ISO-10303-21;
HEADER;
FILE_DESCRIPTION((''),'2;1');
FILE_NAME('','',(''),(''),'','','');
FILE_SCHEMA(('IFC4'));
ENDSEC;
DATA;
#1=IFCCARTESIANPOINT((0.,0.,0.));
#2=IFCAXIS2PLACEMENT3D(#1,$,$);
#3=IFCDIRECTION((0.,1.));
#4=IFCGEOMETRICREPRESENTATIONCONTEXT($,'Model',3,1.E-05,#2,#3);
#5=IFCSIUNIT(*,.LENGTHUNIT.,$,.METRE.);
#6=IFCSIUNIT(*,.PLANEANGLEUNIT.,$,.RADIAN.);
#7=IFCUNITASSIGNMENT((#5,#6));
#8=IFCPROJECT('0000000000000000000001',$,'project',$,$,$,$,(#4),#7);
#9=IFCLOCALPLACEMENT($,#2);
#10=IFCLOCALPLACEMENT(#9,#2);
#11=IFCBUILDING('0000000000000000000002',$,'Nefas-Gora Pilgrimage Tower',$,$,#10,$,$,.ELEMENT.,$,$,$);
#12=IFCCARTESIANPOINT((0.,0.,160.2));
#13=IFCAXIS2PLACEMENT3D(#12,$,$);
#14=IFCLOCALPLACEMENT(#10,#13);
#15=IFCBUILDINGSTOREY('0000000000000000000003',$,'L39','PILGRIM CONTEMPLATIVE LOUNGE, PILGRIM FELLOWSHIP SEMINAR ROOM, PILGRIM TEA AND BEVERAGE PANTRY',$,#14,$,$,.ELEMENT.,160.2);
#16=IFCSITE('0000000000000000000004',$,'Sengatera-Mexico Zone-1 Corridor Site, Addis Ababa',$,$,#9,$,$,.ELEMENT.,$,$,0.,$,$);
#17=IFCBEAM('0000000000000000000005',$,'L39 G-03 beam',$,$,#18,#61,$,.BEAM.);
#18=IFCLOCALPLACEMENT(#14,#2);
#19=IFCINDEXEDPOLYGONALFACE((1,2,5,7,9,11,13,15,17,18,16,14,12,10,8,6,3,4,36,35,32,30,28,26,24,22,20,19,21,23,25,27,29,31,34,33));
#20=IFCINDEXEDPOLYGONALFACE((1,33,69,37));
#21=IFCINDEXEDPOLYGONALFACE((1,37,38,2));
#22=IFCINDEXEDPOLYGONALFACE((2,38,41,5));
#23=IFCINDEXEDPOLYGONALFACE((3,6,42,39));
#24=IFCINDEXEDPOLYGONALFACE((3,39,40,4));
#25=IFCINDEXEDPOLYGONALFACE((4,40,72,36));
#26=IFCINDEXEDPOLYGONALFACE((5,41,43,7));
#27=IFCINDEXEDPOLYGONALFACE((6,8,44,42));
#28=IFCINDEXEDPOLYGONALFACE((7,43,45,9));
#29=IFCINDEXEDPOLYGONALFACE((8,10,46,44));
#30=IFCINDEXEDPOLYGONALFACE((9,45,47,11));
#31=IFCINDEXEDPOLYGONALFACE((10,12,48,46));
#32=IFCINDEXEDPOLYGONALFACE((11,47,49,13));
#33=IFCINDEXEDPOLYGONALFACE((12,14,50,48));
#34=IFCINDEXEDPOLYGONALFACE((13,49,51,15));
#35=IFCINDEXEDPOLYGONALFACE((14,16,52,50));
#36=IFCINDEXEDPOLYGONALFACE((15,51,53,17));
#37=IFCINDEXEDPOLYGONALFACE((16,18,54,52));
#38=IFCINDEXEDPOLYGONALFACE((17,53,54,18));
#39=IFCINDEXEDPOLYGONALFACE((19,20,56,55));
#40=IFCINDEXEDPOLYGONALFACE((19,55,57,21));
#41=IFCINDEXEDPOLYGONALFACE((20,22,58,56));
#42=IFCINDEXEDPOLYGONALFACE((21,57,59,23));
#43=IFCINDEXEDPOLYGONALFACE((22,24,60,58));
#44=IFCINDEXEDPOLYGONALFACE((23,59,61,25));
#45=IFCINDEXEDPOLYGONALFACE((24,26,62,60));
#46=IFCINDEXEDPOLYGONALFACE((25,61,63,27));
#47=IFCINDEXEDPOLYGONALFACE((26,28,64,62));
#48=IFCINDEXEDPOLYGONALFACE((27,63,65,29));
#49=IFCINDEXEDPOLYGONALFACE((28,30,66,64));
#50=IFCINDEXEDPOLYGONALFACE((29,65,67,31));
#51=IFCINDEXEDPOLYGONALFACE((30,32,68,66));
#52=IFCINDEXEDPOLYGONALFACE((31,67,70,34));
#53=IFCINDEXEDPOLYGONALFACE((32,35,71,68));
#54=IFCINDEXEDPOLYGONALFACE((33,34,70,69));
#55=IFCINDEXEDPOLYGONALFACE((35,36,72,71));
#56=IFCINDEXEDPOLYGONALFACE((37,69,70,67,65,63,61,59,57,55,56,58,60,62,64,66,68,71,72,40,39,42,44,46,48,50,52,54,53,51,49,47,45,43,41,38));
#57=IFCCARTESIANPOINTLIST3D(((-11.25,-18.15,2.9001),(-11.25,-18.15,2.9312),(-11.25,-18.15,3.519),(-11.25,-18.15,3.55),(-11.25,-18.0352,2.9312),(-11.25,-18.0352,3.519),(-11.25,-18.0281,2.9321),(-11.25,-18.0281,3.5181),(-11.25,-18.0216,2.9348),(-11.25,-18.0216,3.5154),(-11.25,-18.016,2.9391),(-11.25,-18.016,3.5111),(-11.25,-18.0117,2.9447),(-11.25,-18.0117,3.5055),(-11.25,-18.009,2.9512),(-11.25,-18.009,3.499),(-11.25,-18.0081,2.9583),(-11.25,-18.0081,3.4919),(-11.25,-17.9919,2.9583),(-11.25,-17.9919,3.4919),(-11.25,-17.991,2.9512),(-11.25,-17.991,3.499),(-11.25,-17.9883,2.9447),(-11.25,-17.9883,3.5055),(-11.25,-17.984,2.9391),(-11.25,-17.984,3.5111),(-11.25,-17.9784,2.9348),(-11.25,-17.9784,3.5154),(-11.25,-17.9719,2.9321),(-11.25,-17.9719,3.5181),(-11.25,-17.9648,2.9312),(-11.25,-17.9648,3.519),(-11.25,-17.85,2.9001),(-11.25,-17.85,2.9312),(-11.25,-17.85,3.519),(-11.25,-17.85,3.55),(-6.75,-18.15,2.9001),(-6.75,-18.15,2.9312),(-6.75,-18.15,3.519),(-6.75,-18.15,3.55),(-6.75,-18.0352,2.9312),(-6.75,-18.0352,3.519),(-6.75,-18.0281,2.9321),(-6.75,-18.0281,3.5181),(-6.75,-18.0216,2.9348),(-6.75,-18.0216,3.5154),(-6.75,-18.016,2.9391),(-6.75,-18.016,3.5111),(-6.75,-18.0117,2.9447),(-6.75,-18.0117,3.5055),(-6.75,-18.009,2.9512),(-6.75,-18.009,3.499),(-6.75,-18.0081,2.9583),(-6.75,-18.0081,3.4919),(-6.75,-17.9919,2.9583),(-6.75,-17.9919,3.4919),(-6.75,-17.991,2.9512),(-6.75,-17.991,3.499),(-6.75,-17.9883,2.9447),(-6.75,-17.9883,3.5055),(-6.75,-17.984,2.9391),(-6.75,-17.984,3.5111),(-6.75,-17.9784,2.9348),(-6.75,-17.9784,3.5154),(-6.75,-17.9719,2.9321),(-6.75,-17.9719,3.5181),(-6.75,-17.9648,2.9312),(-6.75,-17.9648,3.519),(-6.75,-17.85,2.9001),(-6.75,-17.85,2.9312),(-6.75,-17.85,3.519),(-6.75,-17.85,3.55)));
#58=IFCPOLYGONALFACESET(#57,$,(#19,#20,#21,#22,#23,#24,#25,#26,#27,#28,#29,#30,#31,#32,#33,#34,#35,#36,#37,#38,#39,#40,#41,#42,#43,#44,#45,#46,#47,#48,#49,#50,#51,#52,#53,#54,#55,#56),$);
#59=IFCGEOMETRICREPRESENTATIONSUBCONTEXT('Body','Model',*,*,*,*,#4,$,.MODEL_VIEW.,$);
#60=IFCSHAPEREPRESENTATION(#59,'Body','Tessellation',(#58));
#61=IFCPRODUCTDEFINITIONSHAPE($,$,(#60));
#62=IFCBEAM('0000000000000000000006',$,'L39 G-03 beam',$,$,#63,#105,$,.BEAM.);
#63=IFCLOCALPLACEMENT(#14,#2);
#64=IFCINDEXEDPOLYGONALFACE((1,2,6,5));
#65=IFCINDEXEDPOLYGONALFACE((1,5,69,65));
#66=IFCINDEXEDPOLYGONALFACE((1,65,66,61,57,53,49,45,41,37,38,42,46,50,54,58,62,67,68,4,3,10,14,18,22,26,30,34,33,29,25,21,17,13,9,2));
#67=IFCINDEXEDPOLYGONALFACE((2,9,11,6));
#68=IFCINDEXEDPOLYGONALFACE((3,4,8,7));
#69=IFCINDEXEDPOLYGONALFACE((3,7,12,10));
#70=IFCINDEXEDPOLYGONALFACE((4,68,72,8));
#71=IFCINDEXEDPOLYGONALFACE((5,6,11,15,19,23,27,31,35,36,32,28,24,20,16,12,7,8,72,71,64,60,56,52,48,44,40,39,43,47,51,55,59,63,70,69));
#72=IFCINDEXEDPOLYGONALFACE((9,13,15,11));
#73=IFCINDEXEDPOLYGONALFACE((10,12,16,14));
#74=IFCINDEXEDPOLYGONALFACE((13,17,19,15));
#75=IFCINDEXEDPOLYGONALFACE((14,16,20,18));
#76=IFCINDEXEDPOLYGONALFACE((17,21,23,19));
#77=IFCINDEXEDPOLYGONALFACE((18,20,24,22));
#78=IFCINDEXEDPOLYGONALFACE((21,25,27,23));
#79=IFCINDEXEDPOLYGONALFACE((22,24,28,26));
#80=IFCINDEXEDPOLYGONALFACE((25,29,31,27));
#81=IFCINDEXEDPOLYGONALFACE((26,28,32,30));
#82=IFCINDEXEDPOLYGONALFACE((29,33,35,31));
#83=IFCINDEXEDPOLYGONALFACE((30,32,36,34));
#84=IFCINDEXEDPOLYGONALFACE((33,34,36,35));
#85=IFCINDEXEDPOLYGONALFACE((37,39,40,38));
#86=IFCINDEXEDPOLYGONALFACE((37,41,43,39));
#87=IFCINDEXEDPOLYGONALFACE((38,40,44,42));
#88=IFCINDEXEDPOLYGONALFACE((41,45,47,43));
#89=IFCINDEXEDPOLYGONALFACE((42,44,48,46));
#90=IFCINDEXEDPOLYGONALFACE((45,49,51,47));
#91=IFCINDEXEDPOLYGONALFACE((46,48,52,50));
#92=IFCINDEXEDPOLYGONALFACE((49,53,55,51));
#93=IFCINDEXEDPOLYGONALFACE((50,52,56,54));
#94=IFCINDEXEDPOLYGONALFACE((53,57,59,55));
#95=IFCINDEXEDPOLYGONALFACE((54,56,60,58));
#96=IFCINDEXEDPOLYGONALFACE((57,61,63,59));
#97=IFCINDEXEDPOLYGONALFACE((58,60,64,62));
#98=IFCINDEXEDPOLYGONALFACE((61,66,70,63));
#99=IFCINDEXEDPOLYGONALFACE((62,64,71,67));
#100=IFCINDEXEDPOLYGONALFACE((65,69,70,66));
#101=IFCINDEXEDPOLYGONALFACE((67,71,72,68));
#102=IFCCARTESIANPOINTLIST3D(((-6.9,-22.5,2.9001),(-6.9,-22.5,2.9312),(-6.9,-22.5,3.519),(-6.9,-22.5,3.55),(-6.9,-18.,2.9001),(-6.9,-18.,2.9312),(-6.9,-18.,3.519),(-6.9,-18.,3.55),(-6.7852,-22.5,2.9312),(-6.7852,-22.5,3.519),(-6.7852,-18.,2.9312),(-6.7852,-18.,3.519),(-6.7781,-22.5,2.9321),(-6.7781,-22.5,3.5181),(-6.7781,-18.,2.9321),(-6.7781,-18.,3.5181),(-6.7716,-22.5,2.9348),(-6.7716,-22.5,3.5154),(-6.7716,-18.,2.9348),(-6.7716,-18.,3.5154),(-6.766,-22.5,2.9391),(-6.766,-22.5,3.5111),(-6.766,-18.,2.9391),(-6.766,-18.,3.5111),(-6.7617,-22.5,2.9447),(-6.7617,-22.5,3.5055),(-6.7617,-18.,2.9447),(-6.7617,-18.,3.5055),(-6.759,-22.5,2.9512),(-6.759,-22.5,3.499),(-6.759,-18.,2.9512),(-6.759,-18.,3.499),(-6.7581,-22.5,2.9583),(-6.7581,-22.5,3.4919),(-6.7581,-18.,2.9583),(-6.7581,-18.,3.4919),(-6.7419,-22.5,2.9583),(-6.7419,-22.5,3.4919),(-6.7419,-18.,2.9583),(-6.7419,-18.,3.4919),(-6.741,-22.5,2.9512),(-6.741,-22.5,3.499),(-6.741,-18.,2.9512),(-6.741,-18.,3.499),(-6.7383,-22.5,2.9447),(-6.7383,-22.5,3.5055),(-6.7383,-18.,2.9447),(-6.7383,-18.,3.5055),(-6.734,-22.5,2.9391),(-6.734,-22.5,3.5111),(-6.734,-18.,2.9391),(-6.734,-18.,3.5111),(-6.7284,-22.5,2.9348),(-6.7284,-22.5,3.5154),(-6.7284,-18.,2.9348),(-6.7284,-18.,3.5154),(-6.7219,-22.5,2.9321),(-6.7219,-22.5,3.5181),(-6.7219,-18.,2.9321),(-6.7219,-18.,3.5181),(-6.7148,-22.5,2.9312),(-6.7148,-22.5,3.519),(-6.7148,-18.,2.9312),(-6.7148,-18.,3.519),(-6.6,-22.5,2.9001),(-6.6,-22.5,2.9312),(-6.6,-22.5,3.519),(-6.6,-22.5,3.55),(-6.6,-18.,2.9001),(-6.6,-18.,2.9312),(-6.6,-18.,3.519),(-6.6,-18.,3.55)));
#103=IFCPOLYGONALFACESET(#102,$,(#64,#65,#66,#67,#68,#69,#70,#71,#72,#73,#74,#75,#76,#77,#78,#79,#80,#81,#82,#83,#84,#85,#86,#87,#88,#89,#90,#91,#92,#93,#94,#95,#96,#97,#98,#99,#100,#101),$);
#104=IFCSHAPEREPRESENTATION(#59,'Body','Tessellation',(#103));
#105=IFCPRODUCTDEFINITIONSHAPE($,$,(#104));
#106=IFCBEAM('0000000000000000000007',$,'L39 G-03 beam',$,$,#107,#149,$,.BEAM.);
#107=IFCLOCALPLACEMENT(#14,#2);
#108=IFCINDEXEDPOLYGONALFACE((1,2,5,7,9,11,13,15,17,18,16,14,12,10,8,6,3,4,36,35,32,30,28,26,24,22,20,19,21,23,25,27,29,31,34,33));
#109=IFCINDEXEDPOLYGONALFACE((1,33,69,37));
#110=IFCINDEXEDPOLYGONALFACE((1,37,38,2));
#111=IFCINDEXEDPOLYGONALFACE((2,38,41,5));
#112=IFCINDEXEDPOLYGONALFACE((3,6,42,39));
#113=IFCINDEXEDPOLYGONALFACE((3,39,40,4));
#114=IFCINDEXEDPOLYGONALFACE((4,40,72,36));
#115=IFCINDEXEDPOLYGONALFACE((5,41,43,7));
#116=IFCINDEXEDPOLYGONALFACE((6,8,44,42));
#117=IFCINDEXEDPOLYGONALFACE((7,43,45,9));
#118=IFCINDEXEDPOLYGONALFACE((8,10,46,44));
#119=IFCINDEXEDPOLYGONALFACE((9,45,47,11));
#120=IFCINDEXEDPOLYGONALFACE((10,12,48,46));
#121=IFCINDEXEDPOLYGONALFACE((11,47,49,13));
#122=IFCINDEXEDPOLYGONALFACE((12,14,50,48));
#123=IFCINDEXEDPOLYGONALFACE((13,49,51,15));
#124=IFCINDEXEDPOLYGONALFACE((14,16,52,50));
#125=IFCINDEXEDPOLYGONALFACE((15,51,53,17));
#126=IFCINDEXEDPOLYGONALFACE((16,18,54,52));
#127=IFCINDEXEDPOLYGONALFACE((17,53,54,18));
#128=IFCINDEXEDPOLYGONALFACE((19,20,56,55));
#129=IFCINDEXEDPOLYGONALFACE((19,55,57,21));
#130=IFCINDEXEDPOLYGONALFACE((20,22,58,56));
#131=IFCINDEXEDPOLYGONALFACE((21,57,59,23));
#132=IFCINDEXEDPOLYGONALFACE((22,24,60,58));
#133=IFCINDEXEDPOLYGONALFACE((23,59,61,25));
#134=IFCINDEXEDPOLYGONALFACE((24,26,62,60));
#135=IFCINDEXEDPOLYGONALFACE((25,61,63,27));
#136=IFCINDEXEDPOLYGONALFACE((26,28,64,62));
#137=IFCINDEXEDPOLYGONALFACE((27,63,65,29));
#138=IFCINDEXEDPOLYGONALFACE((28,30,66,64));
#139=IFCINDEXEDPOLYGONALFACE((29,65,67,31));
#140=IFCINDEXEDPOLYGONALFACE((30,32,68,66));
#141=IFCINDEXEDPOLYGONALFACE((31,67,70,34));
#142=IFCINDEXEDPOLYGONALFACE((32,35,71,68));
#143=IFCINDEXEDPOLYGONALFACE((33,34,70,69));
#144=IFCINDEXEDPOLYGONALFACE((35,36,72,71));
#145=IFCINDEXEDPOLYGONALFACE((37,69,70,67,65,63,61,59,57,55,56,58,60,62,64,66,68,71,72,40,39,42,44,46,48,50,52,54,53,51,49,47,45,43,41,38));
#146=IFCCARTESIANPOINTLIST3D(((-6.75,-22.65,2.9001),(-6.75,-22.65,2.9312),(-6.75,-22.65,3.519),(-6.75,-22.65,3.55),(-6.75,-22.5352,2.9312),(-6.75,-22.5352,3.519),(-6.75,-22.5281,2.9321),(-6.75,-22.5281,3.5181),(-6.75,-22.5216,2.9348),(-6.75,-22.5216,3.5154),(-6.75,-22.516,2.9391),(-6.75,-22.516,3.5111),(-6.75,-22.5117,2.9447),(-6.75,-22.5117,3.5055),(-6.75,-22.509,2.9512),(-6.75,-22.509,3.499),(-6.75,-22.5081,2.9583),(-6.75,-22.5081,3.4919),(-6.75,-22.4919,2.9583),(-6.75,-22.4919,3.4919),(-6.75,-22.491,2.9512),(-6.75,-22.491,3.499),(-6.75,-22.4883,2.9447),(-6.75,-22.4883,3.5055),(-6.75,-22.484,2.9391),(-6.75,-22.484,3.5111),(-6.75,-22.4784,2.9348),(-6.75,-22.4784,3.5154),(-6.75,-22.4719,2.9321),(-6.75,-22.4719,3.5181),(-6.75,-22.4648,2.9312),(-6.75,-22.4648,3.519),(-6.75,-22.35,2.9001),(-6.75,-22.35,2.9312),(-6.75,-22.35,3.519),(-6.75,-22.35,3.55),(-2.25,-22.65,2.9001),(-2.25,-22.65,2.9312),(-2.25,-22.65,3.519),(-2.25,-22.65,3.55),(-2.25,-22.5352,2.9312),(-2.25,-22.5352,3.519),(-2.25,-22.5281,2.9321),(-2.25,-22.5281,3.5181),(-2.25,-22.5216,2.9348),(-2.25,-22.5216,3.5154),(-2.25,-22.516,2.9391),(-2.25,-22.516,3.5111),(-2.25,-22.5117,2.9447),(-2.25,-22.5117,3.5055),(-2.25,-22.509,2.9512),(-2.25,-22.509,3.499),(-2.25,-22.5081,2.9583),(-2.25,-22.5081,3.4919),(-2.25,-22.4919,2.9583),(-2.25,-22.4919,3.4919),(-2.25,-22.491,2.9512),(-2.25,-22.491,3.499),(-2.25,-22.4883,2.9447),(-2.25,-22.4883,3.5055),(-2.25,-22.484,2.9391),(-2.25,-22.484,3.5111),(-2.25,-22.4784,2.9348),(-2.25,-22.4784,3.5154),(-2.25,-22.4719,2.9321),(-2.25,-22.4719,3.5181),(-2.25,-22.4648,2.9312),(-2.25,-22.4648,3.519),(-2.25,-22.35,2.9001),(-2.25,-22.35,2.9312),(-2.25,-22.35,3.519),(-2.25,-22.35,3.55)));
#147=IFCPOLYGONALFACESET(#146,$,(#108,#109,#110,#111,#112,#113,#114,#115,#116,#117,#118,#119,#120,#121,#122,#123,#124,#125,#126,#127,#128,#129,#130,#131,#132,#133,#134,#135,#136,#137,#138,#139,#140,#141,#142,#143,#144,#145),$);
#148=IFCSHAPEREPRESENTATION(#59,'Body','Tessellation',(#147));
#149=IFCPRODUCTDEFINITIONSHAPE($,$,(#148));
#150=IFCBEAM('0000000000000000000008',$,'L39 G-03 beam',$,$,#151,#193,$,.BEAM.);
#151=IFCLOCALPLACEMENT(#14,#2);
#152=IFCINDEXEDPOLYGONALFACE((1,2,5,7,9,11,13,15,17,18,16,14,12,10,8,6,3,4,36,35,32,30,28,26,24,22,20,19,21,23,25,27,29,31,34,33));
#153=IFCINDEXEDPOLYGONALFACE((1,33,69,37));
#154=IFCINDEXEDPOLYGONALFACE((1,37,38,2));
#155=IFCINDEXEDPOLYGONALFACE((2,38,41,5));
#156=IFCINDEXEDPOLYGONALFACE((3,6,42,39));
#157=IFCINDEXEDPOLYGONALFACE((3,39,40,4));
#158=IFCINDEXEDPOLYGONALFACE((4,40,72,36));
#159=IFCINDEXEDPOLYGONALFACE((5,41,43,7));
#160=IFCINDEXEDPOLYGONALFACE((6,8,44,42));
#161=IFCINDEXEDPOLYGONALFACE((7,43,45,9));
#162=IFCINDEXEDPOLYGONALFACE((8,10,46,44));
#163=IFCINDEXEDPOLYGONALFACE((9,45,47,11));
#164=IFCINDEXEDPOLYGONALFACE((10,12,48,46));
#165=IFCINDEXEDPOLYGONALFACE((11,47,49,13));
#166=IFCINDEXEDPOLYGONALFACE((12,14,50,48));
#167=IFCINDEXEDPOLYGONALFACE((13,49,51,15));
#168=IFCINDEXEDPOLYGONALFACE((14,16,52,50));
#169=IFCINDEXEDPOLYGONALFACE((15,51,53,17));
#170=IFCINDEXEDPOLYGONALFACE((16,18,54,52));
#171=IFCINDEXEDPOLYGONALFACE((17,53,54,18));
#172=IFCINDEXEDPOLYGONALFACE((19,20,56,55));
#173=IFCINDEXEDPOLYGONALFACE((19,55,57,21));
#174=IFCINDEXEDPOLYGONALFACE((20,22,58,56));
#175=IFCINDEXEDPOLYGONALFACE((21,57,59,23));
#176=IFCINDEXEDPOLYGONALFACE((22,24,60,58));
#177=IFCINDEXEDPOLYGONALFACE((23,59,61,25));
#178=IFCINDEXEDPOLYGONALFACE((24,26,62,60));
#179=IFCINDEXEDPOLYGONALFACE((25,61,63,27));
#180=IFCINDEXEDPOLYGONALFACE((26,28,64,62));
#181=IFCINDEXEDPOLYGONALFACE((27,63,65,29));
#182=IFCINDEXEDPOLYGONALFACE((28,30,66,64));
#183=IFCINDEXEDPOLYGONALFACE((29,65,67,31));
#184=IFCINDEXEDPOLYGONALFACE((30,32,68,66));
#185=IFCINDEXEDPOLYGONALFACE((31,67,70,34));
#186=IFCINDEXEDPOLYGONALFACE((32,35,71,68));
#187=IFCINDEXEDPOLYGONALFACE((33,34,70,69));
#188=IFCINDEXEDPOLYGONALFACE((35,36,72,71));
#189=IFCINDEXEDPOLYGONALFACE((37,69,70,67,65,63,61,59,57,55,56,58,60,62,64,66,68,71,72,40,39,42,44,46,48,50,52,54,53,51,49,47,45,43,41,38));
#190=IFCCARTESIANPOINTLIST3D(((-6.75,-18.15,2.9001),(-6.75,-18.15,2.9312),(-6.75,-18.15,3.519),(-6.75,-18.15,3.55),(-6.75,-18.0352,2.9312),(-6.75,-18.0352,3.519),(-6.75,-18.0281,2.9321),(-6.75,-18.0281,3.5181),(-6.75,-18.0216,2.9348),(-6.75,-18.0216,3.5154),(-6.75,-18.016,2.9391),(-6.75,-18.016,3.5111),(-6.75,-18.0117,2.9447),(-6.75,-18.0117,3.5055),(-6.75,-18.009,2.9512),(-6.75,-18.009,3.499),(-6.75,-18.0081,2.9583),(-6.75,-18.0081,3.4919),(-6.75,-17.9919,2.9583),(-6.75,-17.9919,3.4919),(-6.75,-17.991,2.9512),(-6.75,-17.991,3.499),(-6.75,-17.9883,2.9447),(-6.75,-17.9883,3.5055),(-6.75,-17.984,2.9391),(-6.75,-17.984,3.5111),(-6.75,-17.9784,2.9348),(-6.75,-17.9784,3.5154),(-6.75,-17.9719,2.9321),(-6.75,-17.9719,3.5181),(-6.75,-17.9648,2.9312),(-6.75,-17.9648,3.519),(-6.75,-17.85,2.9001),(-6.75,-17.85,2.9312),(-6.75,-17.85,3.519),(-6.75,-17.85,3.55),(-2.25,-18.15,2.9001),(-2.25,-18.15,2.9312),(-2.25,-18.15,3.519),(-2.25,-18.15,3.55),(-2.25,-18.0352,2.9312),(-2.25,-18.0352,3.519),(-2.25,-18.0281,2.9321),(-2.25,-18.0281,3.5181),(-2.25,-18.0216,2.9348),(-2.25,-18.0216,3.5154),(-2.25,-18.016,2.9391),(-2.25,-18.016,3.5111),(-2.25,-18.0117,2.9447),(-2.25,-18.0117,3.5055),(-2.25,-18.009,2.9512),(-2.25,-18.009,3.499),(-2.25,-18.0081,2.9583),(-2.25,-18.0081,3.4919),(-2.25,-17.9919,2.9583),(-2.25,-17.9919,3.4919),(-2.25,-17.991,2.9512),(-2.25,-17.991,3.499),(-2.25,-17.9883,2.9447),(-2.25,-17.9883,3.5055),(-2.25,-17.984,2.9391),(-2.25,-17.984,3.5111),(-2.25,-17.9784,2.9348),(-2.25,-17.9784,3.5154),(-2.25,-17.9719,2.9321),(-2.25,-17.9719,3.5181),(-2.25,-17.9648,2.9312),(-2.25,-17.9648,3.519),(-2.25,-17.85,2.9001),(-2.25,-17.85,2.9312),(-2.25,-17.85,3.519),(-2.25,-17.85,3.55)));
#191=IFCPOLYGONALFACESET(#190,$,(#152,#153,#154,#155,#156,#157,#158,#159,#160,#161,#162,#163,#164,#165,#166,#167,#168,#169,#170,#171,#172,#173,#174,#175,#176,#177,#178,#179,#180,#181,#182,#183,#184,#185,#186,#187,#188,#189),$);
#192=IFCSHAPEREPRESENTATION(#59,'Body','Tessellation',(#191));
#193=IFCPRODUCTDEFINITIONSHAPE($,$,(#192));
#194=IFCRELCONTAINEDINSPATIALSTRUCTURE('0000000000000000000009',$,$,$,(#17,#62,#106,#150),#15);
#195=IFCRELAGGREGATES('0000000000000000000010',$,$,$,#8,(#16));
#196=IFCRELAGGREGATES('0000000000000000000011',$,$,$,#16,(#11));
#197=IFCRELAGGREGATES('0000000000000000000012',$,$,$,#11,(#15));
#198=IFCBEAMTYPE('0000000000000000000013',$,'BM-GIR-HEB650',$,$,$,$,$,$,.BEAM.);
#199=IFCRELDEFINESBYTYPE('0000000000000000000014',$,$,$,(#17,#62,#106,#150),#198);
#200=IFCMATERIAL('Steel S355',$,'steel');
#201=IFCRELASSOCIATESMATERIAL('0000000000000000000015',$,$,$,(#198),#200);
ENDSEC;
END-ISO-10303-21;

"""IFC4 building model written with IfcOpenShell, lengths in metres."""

from ifc_helpers import new_model, si_unit, direction, frame, origin, origin_2d, place, context, subcontext, project, spatial, i_section, extrude, source, transform, mapped, material, material_profile, profile_set, type_object, element, save


model = new_model("IFC4")

# Units and contexts
model_context = context("Model", 3, precision=1e-05, world=origin(), true_north=direction((0.0, 1.0)))
body_context = subcontext(model_context, "Body", "Model", "MODEL_VIEW")
ifc_project = project(units=[si_unit("LENGTHUNIT", "METRE"), si_unit("PLANEANGLEUNIT", "RADIAN")], contexts=[model_context])

# Site, building, storey
site_placement = place(None, origin())
site = spatial("IfcSite", under=ifc_project, at=site_placement, Name="Sengatera-Mexico Zone-1 Corridor Site, Addis Ababa", CompositionType="ELEMENT", RefElevation=0.0)
building_placement = place(site_placement, origin())
building = spatial("IfcBuilding", under=site, at=building_placement, Name="Nefas-Gora Pilgrimage Tower", CompositionType="ELEMENT")
storey_placement = place(building_placement, frame((0.0, 0.0, 160.2)))
storey = spatial("IfcBuildingStorey", under=building, at=storey_placement, Name="L39", Description="PILGRIM CONTEMPLATIVE LOUNGE, PILGRIM FELLOWSHIP SEMINAR ROOM, PILGRIM TEA AND BEVERAGE PANTRY", CompositionType="ELEMENT", Elevation=160.2)

# Beams
ifc_material_1 = material(Name="Steel S355", Category="steel")
ifc_material_profile_1 = material_profile(ifc_material_1, i_section(OverallWidth=0.3, OverallDepth=0.6499, WebThickness=0.0161, FlangeThickness=0.031, FilletRadius=0.0271, at=origin_2d()), Name="HEB 650")
ifc_profile_set_1 = profile_set([ifc_material_profile_1], Name="Steel S355")
beam_type = type_object("IfcBeamType", Name="BM-GIR-HEB650", PredefinedType="BEAM", material=ifc_profile_set_1)
shared_shape_1 = source(origin(), body_context, "Body", "SweptSolid", [
    extrude(i_section(OverallWidth=0.3, OverallDepth=0.6499, WebThickness=0.0161, FlangeThickness=0.031, FilletRadius=0.0271, at=origin_2d()), origin(), (0.0, 0.0, 1.0), 4.5),
])
for number, where, z_axis, x_axis, name in (
    (1, (-11.25, -18.0, 3.2251), (1.0, 0.0, 0.0), (0.0, 1.0, 0.0), "L39 G-03 beam"),
    (2, (-6.75, -22.5, 3.2251), (0.0, 1.0, 0.0), (-1.0, 0.0, 0.0), "L39 G-03 beam"),
    (3, (-6.75, -22.5, 3.2251), (1.0, 0.0, 0.0), (0.0, 1.0, 0.0), "L39 G-03 beam"),
    (4, (-6.75, -18.0, 3.2251), (1.0, 0.0, 0.0), (0.0, 1.0, 0.0), "L39 G-03 beam"),
):
    element("IfcBeam", number, at=place(storey_placement, frame(where, z_axis=z_axis, x_axis=x_axis)), inside=storey, type_object=beam_type, Name=name, PredefinedType="BEAM", context=body_context, shape_type="MappedRepresentation", body=[
        mapped(shared_shape_1, transform((0.0, 0.0, 0.0), x_axis=(1.0, 0.0, 0.0), y_axis=(0.0, 1.0, 0.0), z_axis=(0.0, 0.0, 1.0), scale=1.0)),
    ])

save(model, "model.ifc")
